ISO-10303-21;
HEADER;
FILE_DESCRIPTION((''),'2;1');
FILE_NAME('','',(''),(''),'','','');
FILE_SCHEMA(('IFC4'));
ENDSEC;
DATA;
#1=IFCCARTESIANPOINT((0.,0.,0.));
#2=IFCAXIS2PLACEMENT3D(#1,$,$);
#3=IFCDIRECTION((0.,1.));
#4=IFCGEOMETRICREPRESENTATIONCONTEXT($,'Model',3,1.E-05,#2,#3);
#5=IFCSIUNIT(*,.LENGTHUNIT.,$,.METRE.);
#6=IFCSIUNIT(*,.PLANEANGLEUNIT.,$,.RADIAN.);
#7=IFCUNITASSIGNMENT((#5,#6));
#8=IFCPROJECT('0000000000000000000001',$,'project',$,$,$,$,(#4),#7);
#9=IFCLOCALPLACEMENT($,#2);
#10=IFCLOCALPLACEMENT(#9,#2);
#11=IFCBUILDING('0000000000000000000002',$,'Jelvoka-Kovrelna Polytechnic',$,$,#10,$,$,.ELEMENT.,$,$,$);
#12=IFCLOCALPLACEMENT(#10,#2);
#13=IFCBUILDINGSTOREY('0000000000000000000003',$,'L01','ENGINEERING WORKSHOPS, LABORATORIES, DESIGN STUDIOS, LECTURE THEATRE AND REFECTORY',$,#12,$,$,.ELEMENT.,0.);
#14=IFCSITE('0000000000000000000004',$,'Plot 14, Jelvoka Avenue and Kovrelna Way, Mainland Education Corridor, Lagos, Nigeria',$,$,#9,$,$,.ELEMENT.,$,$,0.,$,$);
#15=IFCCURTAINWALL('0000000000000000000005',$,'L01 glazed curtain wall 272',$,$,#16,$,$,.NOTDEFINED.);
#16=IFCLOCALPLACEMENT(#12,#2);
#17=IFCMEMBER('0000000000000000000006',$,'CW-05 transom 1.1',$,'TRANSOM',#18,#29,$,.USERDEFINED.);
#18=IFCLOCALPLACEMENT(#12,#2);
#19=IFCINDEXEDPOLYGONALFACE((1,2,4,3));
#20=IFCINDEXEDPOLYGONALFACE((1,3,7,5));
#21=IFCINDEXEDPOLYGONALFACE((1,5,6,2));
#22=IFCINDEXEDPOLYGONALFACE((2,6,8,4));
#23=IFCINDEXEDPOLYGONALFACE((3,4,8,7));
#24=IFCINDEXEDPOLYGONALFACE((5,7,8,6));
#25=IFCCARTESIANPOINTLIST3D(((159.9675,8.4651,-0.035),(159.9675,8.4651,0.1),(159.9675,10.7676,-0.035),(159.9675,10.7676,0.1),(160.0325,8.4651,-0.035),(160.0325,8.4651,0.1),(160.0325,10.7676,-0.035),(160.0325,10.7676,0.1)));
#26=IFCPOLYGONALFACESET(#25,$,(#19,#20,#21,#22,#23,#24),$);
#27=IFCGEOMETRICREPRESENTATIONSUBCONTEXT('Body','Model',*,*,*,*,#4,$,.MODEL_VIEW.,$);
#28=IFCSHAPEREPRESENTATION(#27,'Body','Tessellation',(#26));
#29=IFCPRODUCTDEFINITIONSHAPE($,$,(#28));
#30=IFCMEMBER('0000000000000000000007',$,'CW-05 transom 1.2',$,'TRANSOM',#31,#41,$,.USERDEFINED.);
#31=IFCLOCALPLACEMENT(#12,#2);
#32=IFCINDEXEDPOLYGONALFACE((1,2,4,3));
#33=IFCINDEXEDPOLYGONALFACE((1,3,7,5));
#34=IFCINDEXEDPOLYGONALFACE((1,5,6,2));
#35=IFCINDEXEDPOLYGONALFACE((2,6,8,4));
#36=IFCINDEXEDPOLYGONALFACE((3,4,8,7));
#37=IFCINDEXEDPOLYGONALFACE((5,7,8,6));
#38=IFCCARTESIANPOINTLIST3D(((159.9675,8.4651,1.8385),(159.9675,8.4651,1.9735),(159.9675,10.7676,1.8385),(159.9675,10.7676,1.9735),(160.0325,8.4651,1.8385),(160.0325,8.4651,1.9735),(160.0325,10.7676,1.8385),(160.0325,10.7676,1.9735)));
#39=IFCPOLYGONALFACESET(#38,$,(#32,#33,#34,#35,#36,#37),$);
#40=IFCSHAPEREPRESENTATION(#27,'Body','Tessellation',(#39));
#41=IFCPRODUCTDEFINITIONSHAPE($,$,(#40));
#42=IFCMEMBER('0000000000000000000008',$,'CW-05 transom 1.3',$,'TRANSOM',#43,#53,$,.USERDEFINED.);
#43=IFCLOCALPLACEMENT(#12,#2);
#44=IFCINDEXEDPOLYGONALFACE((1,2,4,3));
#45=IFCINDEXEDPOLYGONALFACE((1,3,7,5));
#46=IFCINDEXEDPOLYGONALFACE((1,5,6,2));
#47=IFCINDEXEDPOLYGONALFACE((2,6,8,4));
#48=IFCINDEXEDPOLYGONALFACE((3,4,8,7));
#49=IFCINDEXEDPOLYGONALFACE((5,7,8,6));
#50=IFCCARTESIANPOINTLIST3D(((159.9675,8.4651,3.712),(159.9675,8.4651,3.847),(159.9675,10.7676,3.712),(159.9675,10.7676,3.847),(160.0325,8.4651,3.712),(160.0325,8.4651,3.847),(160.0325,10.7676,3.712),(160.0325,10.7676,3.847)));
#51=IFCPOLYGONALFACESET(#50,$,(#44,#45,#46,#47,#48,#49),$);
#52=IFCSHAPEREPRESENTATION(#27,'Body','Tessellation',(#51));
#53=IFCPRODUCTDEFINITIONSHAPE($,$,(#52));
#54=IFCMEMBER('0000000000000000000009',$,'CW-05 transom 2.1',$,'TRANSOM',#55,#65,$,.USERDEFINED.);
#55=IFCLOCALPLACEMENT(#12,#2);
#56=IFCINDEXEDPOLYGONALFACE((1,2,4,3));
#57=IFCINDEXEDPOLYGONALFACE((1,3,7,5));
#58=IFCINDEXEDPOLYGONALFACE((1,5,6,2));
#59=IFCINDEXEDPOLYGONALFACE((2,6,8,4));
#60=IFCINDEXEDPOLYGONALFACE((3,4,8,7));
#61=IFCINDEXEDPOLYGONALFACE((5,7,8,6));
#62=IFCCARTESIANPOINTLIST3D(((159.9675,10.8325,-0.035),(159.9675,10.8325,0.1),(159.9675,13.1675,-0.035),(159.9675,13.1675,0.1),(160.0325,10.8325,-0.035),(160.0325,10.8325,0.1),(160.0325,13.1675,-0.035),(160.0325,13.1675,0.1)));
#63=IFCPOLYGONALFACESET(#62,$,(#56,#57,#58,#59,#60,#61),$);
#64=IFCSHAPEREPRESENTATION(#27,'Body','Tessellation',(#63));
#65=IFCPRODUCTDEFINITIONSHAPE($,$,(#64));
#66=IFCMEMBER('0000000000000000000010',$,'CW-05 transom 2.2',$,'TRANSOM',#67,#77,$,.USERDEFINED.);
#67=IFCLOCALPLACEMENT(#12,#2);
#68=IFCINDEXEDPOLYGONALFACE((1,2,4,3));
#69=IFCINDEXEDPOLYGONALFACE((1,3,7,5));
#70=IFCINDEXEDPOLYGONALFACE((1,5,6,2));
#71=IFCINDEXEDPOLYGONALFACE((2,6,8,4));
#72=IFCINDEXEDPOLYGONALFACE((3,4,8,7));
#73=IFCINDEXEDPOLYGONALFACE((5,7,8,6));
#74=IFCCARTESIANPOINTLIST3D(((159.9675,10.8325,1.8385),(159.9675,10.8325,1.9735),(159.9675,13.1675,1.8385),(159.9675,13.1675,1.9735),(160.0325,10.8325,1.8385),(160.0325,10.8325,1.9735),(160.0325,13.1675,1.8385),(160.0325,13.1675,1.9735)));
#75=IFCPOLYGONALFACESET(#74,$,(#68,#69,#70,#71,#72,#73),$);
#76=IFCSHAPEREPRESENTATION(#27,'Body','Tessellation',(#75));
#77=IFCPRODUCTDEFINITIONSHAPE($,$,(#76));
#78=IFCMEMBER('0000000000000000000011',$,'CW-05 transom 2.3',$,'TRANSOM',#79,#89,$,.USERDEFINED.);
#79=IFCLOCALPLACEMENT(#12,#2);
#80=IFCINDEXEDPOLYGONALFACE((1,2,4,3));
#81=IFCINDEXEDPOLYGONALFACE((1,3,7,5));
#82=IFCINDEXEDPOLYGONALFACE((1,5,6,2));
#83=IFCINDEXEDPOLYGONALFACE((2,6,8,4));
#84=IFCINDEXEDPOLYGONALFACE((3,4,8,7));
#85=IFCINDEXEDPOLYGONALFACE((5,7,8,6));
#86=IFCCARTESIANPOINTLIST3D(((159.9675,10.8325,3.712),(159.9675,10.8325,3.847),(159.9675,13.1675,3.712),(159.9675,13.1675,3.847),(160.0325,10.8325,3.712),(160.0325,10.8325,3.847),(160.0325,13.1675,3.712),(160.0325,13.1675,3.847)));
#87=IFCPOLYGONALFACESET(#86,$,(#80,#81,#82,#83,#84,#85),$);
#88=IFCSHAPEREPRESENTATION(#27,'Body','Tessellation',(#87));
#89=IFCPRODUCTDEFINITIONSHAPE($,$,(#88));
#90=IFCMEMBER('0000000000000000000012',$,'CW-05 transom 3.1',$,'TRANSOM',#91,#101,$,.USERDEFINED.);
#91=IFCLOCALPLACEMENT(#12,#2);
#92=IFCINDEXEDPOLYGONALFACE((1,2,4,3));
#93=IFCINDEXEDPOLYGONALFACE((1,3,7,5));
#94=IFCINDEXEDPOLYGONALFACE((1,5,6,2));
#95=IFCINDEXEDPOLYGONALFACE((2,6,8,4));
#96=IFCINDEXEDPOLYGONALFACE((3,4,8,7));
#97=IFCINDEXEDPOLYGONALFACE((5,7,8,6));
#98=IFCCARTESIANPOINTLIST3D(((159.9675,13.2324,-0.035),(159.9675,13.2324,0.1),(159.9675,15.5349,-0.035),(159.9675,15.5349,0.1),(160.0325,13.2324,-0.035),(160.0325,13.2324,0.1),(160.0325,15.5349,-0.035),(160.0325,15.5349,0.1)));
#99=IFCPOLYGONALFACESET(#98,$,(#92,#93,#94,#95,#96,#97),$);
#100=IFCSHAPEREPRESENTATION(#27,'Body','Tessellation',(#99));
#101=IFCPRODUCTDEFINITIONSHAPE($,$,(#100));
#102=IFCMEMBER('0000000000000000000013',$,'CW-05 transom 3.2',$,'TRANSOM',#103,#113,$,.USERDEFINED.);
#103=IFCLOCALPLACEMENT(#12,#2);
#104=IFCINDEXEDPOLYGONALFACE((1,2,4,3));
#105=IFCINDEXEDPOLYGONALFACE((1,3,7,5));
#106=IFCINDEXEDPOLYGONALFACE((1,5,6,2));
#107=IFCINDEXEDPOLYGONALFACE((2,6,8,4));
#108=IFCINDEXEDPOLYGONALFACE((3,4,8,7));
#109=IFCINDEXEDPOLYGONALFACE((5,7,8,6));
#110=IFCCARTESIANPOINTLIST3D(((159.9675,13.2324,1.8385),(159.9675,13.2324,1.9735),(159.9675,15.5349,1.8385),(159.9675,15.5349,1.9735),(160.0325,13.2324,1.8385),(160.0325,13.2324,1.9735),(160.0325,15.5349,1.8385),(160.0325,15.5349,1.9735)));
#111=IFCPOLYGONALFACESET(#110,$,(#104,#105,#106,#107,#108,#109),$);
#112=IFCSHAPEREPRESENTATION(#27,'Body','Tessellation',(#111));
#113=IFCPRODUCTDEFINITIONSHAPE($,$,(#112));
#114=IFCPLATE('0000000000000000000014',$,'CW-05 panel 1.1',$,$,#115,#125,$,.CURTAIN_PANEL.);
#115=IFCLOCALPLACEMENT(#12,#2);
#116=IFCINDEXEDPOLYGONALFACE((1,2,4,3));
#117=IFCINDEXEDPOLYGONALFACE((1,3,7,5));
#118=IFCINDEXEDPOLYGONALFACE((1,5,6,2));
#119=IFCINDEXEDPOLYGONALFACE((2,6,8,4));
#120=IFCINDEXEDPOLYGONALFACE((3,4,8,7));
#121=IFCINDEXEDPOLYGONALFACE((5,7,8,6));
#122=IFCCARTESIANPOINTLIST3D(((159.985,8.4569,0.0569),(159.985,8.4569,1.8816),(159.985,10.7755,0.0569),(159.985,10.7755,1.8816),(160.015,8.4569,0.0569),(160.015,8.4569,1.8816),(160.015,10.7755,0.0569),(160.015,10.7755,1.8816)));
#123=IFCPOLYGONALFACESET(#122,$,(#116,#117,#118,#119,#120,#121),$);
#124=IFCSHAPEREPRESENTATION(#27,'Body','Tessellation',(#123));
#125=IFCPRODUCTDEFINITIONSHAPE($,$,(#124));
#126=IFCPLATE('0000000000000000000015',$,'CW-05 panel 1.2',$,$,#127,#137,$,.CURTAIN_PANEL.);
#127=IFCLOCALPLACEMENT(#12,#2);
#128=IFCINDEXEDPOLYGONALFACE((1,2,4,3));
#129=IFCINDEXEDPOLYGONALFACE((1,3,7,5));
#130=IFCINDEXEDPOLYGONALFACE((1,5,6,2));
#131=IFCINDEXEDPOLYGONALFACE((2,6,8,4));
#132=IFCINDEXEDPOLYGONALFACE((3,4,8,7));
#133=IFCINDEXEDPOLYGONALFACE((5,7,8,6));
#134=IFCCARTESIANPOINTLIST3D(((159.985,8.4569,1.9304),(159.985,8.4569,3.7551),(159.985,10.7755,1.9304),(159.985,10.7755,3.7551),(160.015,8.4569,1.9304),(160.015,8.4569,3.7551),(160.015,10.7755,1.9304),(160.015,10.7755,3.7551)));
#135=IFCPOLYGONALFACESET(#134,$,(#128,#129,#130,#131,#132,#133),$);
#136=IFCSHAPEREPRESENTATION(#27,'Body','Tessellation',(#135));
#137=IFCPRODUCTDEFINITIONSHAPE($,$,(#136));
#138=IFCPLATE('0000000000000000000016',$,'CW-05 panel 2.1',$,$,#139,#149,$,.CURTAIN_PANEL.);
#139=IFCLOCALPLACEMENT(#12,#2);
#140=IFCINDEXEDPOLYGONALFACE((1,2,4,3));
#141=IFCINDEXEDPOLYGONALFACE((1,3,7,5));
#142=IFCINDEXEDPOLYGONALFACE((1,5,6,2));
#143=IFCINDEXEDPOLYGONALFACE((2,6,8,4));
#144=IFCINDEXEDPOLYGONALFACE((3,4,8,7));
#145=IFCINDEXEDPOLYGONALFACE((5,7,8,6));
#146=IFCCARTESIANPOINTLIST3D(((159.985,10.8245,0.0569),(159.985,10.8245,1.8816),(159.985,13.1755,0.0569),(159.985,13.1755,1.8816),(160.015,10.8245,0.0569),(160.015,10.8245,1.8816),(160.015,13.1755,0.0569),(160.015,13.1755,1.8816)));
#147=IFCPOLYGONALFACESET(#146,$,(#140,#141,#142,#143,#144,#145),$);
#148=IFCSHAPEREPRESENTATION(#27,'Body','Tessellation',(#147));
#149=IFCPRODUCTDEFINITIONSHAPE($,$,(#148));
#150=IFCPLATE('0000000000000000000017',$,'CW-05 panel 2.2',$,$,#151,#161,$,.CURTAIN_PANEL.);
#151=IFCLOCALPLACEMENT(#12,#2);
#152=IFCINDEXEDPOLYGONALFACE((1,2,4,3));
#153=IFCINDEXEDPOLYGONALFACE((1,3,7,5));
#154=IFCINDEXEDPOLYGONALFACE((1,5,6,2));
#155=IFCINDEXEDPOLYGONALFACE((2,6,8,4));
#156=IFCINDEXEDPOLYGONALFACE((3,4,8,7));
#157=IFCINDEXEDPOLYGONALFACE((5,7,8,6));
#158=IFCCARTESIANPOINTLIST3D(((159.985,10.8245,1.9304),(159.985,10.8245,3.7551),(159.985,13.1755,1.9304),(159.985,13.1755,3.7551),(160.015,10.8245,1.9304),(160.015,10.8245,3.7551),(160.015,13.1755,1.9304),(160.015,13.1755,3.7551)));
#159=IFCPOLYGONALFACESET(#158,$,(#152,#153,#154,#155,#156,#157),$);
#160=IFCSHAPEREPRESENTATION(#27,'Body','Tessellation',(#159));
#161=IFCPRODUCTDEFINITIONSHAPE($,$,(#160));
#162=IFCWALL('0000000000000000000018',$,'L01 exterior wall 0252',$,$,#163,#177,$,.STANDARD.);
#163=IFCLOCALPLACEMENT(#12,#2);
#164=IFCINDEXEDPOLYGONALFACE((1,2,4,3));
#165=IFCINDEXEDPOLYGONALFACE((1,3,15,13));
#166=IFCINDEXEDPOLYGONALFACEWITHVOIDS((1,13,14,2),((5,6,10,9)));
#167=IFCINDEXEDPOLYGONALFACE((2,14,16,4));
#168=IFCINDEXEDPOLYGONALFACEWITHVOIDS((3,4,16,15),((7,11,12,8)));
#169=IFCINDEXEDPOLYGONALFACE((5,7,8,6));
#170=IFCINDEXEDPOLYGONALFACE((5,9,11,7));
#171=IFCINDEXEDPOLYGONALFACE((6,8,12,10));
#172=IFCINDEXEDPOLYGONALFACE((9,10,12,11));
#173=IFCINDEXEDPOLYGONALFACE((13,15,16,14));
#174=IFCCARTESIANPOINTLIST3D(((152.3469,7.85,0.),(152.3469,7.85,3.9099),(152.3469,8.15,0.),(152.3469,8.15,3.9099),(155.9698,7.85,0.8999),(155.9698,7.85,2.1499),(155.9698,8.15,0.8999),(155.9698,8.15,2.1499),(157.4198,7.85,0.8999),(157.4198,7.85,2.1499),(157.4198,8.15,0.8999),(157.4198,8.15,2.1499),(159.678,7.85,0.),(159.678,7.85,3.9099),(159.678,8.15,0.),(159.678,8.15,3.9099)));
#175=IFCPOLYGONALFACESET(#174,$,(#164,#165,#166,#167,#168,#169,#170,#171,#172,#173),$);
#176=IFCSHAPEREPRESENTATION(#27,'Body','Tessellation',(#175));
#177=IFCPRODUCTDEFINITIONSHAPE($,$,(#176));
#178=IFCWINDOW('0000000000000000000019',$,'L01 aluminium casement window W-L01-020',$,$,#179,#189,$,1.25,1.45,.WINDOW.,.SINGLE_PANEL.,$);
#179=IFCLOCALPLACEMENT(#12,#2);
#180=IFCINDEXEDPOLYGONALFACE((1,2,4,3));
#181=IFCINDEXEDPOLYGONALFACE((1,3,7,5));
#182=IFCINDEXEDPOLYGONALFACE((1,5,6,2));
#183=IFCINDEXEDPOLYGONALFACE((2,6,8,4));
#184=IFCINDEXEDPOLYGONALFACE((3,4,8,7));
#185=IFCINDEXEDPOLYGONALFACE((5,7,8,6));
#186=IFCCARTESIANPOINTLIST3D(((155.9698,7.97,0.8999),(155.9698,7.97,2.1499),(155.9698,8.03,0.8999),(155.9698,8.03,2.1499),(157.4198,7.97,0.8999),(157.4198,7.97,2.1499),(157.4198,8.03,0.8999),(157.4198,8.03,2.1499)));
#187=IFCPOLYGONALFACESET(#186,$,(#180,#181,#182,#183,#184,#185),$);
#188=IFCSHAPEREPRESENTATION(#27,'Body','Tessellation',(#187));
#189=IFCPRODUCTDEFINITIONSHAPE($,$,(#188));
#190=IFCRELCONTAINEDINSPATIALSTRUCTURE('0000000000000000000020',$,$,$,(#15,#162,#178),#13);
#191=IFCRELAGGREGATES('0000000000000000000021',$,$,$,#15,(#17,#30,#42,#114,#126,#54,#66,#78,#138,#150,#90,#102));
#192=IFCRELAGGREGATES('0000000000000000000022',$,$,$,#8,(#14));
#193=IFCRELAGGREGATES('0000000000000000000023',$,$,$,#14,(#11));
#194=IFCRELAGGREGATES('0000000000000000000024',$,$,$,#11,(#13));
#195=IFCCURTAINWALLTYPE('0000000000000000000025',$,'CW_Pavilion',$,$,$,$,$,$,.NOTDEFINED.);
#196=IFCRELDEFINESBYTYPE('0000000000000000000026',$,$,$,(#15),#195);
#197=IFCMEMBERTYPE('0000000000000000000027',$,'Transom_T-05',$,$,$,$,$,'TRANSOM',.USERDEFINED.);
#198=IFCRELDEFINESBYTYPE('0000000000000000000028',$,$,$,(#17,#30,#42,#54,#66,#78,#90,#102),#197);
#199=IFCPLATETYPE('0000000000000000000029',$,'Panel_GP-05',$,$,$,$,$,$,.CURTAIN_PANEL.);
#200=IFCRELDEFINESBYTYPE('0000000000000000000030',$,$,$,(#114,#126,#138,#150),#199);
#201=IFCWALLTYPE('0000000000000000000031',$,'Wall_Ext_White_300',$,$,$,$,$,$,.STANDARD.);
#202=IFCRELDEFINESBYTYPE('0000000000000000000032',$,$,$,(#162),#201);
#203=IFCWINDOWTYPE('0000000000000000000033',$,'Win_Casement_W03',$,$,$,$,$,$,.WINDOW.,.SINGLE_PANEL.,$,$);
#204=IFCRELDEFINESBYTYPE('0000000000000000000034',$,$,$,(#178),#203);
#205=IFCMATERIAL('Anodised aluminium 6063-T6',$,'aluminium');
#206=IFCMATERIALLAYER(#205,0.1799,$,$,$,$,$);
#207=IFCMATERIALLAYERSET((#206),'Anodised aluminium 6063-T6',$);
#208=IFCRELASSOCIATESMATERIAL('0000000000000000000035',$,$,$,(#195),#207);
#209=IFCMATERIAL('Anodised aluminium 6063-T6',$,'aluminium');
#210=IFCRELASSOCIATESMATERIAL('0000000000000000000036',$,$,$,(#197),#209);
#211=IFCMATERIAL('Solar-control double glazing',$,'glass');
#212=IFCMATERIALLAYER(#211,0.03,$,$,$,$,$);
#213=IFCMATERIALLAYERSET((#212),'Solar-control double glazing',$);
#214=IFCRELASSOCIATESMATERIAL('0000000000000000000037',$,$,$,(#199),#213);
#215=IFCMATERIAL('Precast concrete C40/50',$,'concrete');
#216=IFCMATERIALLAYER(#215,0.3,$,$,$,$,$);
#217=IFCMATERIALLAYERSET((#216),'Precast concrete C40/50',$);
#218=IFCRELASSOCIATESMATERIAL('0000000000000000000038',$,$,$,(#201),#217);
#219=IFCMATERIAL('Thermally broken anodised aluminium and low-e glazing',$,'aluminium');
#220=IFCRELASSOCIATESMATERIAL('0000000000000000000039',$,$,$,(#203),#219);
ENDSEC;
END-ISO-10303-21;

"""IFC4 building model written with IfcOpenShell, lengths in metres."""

from ifc_helpers import new_model, si_unit, direction, frame, frame_2d, origin, origin_2d, place, context, subcontext, project, spatial, rectangle, extrude, material, layer, layer_set, material_profile, profile_set, type_object, element, fill, aggregate, save


model = new_model("IFC4")

# Units and contexts
model_context = context("Model", 3, precision=1e-05, world=origin(), true_north=direction((0.0, 1.0)))
body_context = subcontext(model_context, "Body", "Model", "MODEL_VIEW")
ifc_project = project(units=[si_unit("LENGTHUNIT", "METRE"), si_unit("PLANEANGLEUNIT", "RADIAN")], contexts=[model_context])

# Site, building, storey
site_placement = place(None, origin())
site = spatial("IfcSite", under=ifc_project, at=site_placement, Name="Plot 14, Jelvoka Avenue and Kovrelna Way, Mainland Education Corridor, Lagos, Nigeria", CompositionType="ELEMENT", RefElevation=0.0)
building_placement = place(site_placement, origin())
building = spatial("IfcBuilding", under=site, at=building_placement, Name="Jelvoka-Kovrelna Polytechnic", CompositionType="ELEMENT")
storey_placement = place(building_placement, origin())
storey = spatial("IfcBuildingStorey", under=building, at=storey_placement, Name="L01", Description="ENGINEERING WORKSHOPS, LABORATORIES, DESIGN STUDIOS, LECTURE THEATRE AND REFECTORY", CompositionType="ELEMENT", Elevation=0.0)

# Curtain wall
ifc_material_1 = material(Name="Anodised aluminium 6063-T6", Category="aluminium")
ifc_layer_1 = layer(ifc_material_1, 0.1799)
ifc_layer_set_1 = layer_set([ifc_layer_1], Name="Anodised aluminium 6063-T6")
curtain_wall_type = type_object("IfcCurtainWallType", Name="CW_Pavilion", PredefinedType="NOTDEFINED", material=ifc_layer_set_1)
curtain_wall_placement = place(storey_placement, origin())
curtain_wall = element("IfcCurtainWall", 1, at=curtain_wall_placement, inside=storey, type_object=curtain_wall_type, Name="L01 glazed curtain wall 272", PredefinedType="NOTDEFINED")

# Members
ifc_material_2 = material(Name="Anodised aluminium 6063-T6", Category="aluminium")
ifc_material_profile_1 = material_profile(ifc_material_2, rectangle(XDim=0.0649, YDim=0.135, at=origin_2d()), Name="ALU 65x135")
ifc_profile_set_1 = profile_set([ifc_material_profile_1], Name="Anodised aluminium 6063-T6")
member_type_1 = type_object("IfcMemberType", Name="Transom_T-05", ElementType="TRANSOM", PredefinedType="USERDEFINED", material=ifc_profile_set_1)
member_1_placement = place(storey_placement, frame((160.0, 8.4651, 0.0325), z_axis=(0.0, 1.0, 0.0), x_axis=(-1.0, 0.0, 0.0)))
member_1 = element("IfcMember", 2, at=member_1_placement, type_object=member_type_1, Name="CW-05 transom 1.1", ObjectType="TRANSOM", PredefinedType="USERDEFINED", context=body_context, shape_type="SweptSolid", body=[
    extrude(rectangle(XDim=0.0649, YDim=0.135, at=origin_2d()), origin(), (0.0, 0.0, 1.0), 2.3025),
])
member_2_placement = place(storey_placement, frame((160.0, 8.4651, 1.906), z_axis=(0.0, 1.0, 0.0), x_axis=(-1.0, 0.0, 0.0)))
member_2 = element("IfcMember", 3, at=member_2_placement, type_object=member_type_1, Name="CW-05 transom 1.2", ObjectType="TRANSOM", PredefinedType="USERDEFINED", context=body_context, shape_type="SweptSolid", body=[
    extrude(rectangle(XDim=0.0649, YDim=0.135, at=origin_2d()), origin(), (0.0, 0.0, 1.0), 2.3025),
])
member_3_placement = place(storey_placement, frame((160.0, 8.4651, 3.7795), z_axis=(0.0, 1.0, 0.0), x_axis=(-1.0, 0.0, 0.0)))
member_3 = element("IfcMember", 4, at=member_3_placement, type_object=member_type_1, Name="CW-05 transom 1.3", ObjectType="TRANSOM", PredefinedType="USERDEFINED", context=body_context, shape_type="SweptSolid", body=[
    extrude(rectangle(XDim=0.0649, YDim=0.135, at=origin_2d()), origin(), (0.0, 0.0, 1.0), 2.3025),
])
member_4_placement = place(storey_placement, frame((160.0, 10.8325, 0.0325), z_axis=(0.0, 1.0, 0.0), x_axis=(-1.0, 0.0, 0.0)))
member_4 = element("IfcMember", 5, at=member_4_placement, type_object=member_type_1, Name="CW-05 transom 2.1", ObjectType="TRANSOM", PredefinedType="USERDEFINED", context=body_context, shape_type="SweptSolid", body=[
    extrude(rectangle(XDim=0.0649, YDim=0.135, at=origin_2d()), origin(), (0.0, 0.0, 1.0), 2.335),
])
member_5_placement = place(storey_placement, frame((160.0, 10.8325, 1.906), z_axis=(0.0, 1.0, 0.0), x_axis=(-1.0, 0.0, 0.0)))
member_5 = element("IfcMember", 6, at=member_5_placement, type_object=member_type_1, Name="CW-05 transom 2.2", ObjectType="TRANSOM", PredefinedType="USERDEFINED", context=body_context, shape_type="SweptSolid", body=[
    extrude(rectangle(XDim=0.0649, YDim=0.135, at=origin_2d()), origin(), (0.0, 0.0, 1.0), 2.335),
])
member_6_placement = place(storey_placement, frame((160.0, 10.8325, 3.7795), z_axis=(0.0, 1.0, 0.0), x_axis=(-1.0, 0.0, 0.0)))
member_6 = element("IfcMember", 7, at=member_6_placement, type_object=member_type_1, Name="CW-05 transom 2.3", ObjectType="TRANSOM", PredefinedType="USERDEFINED", context=body_context, shape_type="SweptSolid", body=[
    extrude(rectangle(XDim=0.0649, YDim=0.135, at=origin_2d()), origin(), (0.0, 0.0, 1.0), 2.335),
])
member_7_placement = place(storey_placement, frame((160.0, 13.2324, 0.0325), z_axis=(0.0, 1.0, 0.0), x_axis=(-1.0, 0.0, 0.0)))
member_7 = element("IfcMember", 8, at=member_7_placement, type_object=member_type_1, Name="CW-05 transom 3.1", ObjectType="TRANSOM", PredefinedType="USERDEFINED", context=body_context, shape_type="SweptSolid", body=[
    extrude(rectangle(XDim=0.0649, YDim=0.135, at=origin_2d()), origin(), (0.0, 0.0, 1.0), 2.3025),
])
member_8_placement = place(storey_placement, frame((160.0, 13.2324, 1.906), z_axis=(0.0, 1.0, 0.0), x_axis=(-1.0, 0.0, 0.0)))
member_8 = element("IfcMember", 9, at=member_8_placement, type_object=member_type_1, Name="CW-05 transom 3.2", ObjectType="TRANSOM", PredefinedType="USERDEFINED", context=body_context, shape_type="SweptSolid", body=[
    extrude(rectangle(XDim=0.0649, YDim=0.135, at=origin_2d()), origin(), (0.0, 0.0, 1.0), 2.3025),
])

# Plates
ifc_material_3 = material(Name="Solar-control double glazing", Category="glass")
ifc_layer_2 = layer(ifc_material_3, 0.03)
ifc_layer_set_2 = layer_set([ifc_layer_2], Name="Solar-control double glazing")
plate_type = type_object("IfcPlateType", Name="Panel_GP-05", PredefinedType="CURTAIN_PANEL", material=ifc_layer_set_2)
plate_1_placement = place(storey_placement, frame((160.0, 9.6162, 0.0569), z_axis=(0.0, 0.0, 1.0), x_axis=(0.0, 1.0, 0.0)))
plate_1 = element("IfcPlate", 10, at=plate_1_placement, type_object=plate_type, Name="CW-05 panel 1.1", PredefinedType="CURTAIN_PANEL", context=body_context, shape_type="SweptSolid", body=[
    extrude(rectangle(XDim=2.3186, YDim=0.03, at=origin_2d()), origin(), (0.0, 0.0, 1.0), 1.8247),
])
plate_2_placement = place(storey_placement, frame((160.0, 9.6162, 1.9304), z_axis=(0.0, 0.0, 1.0), x_axis=(0.0, 1.0, 0.0)))
plate_2 = element("IfcPlate", 11, at=plate_2_placement, type_object=plate_type, Name="CW-05 panel 1.2", PredefinedType="CURTAIN_PANEL", context=body_context, shape_type="SweptSolid", body=[
    extrude(rectangle(XDim=2.3186, YDim=0.03, at=origin_2d()), origin(), (0.0, 0.0, 1.0), 1.8247),
])
plate_3_placement = place(storey_placement, frame((160.0, 12.0, 0.0569), z_axis=(0.0, 0.0, 1.0), x_axis=(0.0, 1.0, 0.0)))
plate_3 = element("IfcPlate", 12, at=plate_3_placement, type_object=plate_type, Name="CW-05 panel 2.1", PredefinedType="CURTAIN_PANEL", context=body_context, shape_type="SweptSolid", body=[
    extrude(rectangle(XDim=2.3511, YDim=0.03, at=origin_2d()), origin(), (0.0, 0.0, 1.0), 1.8247),
])
plate_4_placement = place(storey_placement, frame((160.0, 12.0, 1.9304), z_axis=(0.0, 0.0, 1.0), x_axis=(0.0, 1.0, 0.0)))
plate_4 = element("IfcPlate", 13, at=plate_4_placement, type_object=plate_type, Name="CW-05 panel 2.2", PredefinedType="CURTAIN_PANEL", context=body_context, shape_type="SweptSolid", body=[
    extrude(rectangle(XDim=2.3511, YDim=0.03, at=origin_2d()), origin(), (0.0, 0.0, 1.0), 1.8247),
])
aggregate(curtain_wall, [member_1, member_2, member_3, plate_1, plate_2, member_4, member_5, member_6, plate_3, plate_4, member_7, member_8])

# Wall, opening, window
ifc_material_4 = material(Name="Precast concrete C40/50", Category="concrete")
ifc_layer_3 = layer(ifc_material_4, 0.3)
ifc_layer_set_3 = layer_set([ifc_layer_3], Name="Precast concrete C40/50")
wall_type = type_object("IfcWallType", Name="Wall_Ext_White_300", PredefinedType="STANDARD", material=ifc_layer_set_3)
wall_placement = place(storey_placement, frame((159.678, 8.0, 0.0), z_axis=(0.0, 0.0, 1.0), x_axis=(-1.0, 0.0, 0.0)))
wall = element("IfcWall", 14, at=wall_placement, inside=storey, type_object=wall_type, Name="L01 exterior wall 0252", PredefinedType="STANDARD", context=body_context, shape_type="SweptSolid", body=[
    extrude(rectangle(XDim=7.3311, YDim=0.3, at=frame_2d((3.6655, 0.0))), origin(), (0.0, 0.0, 1.0), 3.9099),
])
opening_placement = place(wall_placement, frame((2.2581, 0.0, 0.8999)))
opening = element("IfcOpeningElement", 15, at=opening_placement, cuts=wall, PredefinedType="OPENING", context=body_context, shape_type="SweptSolid", body=[
    extrude(rectangle(XDim=1.45, YDim=1.25, at=frame_2d((0.7251, 0.625))), frame((0.0, 0.1599, 0.0), z_axis=(0.0, -1.0, 0.0), x_axis=(1.0, 0.0, 0.0)), (0.0, 0.0, 1.0), 0.3201),
])
ifc_material_5 = material(Name="Thermally broken anodised aluminium and low-e glazing", Category="aluminium")
window_type = type_object("IfcWindowType", Name="Win_Casement_W03", PartitioningType="SINGLE_PANEL", PredefinedType="WINDOW", material=ifc_material_5)
window_placement = place(opening_placement, origin())
window = element("IfcWindow", 16, at=window_placement, inside=storey, type_object=window_type, Name="L01 aluminium casement window W-L01-020", OverallHeight=1.25, OverallWidth=1.45, PartitioningType="SINGLE_PANEL", PredefinedType="WINDOW", context=body_context, shape_type="SweptSolid", body=[
    extrude(rectangle(XDim=1.45, YDim=1.25, at=frame_2d((0.7251, 0.625))), frame((0.0, 0.03, 0.0), z_axis=(0.0, -1.0, 0.0), x_axis=(1.0, 0.0, 0.0)), (0.0, 0.0, 1.0), 0.0601),
])
fill(opening, window)

save(model, "model.ifc")
